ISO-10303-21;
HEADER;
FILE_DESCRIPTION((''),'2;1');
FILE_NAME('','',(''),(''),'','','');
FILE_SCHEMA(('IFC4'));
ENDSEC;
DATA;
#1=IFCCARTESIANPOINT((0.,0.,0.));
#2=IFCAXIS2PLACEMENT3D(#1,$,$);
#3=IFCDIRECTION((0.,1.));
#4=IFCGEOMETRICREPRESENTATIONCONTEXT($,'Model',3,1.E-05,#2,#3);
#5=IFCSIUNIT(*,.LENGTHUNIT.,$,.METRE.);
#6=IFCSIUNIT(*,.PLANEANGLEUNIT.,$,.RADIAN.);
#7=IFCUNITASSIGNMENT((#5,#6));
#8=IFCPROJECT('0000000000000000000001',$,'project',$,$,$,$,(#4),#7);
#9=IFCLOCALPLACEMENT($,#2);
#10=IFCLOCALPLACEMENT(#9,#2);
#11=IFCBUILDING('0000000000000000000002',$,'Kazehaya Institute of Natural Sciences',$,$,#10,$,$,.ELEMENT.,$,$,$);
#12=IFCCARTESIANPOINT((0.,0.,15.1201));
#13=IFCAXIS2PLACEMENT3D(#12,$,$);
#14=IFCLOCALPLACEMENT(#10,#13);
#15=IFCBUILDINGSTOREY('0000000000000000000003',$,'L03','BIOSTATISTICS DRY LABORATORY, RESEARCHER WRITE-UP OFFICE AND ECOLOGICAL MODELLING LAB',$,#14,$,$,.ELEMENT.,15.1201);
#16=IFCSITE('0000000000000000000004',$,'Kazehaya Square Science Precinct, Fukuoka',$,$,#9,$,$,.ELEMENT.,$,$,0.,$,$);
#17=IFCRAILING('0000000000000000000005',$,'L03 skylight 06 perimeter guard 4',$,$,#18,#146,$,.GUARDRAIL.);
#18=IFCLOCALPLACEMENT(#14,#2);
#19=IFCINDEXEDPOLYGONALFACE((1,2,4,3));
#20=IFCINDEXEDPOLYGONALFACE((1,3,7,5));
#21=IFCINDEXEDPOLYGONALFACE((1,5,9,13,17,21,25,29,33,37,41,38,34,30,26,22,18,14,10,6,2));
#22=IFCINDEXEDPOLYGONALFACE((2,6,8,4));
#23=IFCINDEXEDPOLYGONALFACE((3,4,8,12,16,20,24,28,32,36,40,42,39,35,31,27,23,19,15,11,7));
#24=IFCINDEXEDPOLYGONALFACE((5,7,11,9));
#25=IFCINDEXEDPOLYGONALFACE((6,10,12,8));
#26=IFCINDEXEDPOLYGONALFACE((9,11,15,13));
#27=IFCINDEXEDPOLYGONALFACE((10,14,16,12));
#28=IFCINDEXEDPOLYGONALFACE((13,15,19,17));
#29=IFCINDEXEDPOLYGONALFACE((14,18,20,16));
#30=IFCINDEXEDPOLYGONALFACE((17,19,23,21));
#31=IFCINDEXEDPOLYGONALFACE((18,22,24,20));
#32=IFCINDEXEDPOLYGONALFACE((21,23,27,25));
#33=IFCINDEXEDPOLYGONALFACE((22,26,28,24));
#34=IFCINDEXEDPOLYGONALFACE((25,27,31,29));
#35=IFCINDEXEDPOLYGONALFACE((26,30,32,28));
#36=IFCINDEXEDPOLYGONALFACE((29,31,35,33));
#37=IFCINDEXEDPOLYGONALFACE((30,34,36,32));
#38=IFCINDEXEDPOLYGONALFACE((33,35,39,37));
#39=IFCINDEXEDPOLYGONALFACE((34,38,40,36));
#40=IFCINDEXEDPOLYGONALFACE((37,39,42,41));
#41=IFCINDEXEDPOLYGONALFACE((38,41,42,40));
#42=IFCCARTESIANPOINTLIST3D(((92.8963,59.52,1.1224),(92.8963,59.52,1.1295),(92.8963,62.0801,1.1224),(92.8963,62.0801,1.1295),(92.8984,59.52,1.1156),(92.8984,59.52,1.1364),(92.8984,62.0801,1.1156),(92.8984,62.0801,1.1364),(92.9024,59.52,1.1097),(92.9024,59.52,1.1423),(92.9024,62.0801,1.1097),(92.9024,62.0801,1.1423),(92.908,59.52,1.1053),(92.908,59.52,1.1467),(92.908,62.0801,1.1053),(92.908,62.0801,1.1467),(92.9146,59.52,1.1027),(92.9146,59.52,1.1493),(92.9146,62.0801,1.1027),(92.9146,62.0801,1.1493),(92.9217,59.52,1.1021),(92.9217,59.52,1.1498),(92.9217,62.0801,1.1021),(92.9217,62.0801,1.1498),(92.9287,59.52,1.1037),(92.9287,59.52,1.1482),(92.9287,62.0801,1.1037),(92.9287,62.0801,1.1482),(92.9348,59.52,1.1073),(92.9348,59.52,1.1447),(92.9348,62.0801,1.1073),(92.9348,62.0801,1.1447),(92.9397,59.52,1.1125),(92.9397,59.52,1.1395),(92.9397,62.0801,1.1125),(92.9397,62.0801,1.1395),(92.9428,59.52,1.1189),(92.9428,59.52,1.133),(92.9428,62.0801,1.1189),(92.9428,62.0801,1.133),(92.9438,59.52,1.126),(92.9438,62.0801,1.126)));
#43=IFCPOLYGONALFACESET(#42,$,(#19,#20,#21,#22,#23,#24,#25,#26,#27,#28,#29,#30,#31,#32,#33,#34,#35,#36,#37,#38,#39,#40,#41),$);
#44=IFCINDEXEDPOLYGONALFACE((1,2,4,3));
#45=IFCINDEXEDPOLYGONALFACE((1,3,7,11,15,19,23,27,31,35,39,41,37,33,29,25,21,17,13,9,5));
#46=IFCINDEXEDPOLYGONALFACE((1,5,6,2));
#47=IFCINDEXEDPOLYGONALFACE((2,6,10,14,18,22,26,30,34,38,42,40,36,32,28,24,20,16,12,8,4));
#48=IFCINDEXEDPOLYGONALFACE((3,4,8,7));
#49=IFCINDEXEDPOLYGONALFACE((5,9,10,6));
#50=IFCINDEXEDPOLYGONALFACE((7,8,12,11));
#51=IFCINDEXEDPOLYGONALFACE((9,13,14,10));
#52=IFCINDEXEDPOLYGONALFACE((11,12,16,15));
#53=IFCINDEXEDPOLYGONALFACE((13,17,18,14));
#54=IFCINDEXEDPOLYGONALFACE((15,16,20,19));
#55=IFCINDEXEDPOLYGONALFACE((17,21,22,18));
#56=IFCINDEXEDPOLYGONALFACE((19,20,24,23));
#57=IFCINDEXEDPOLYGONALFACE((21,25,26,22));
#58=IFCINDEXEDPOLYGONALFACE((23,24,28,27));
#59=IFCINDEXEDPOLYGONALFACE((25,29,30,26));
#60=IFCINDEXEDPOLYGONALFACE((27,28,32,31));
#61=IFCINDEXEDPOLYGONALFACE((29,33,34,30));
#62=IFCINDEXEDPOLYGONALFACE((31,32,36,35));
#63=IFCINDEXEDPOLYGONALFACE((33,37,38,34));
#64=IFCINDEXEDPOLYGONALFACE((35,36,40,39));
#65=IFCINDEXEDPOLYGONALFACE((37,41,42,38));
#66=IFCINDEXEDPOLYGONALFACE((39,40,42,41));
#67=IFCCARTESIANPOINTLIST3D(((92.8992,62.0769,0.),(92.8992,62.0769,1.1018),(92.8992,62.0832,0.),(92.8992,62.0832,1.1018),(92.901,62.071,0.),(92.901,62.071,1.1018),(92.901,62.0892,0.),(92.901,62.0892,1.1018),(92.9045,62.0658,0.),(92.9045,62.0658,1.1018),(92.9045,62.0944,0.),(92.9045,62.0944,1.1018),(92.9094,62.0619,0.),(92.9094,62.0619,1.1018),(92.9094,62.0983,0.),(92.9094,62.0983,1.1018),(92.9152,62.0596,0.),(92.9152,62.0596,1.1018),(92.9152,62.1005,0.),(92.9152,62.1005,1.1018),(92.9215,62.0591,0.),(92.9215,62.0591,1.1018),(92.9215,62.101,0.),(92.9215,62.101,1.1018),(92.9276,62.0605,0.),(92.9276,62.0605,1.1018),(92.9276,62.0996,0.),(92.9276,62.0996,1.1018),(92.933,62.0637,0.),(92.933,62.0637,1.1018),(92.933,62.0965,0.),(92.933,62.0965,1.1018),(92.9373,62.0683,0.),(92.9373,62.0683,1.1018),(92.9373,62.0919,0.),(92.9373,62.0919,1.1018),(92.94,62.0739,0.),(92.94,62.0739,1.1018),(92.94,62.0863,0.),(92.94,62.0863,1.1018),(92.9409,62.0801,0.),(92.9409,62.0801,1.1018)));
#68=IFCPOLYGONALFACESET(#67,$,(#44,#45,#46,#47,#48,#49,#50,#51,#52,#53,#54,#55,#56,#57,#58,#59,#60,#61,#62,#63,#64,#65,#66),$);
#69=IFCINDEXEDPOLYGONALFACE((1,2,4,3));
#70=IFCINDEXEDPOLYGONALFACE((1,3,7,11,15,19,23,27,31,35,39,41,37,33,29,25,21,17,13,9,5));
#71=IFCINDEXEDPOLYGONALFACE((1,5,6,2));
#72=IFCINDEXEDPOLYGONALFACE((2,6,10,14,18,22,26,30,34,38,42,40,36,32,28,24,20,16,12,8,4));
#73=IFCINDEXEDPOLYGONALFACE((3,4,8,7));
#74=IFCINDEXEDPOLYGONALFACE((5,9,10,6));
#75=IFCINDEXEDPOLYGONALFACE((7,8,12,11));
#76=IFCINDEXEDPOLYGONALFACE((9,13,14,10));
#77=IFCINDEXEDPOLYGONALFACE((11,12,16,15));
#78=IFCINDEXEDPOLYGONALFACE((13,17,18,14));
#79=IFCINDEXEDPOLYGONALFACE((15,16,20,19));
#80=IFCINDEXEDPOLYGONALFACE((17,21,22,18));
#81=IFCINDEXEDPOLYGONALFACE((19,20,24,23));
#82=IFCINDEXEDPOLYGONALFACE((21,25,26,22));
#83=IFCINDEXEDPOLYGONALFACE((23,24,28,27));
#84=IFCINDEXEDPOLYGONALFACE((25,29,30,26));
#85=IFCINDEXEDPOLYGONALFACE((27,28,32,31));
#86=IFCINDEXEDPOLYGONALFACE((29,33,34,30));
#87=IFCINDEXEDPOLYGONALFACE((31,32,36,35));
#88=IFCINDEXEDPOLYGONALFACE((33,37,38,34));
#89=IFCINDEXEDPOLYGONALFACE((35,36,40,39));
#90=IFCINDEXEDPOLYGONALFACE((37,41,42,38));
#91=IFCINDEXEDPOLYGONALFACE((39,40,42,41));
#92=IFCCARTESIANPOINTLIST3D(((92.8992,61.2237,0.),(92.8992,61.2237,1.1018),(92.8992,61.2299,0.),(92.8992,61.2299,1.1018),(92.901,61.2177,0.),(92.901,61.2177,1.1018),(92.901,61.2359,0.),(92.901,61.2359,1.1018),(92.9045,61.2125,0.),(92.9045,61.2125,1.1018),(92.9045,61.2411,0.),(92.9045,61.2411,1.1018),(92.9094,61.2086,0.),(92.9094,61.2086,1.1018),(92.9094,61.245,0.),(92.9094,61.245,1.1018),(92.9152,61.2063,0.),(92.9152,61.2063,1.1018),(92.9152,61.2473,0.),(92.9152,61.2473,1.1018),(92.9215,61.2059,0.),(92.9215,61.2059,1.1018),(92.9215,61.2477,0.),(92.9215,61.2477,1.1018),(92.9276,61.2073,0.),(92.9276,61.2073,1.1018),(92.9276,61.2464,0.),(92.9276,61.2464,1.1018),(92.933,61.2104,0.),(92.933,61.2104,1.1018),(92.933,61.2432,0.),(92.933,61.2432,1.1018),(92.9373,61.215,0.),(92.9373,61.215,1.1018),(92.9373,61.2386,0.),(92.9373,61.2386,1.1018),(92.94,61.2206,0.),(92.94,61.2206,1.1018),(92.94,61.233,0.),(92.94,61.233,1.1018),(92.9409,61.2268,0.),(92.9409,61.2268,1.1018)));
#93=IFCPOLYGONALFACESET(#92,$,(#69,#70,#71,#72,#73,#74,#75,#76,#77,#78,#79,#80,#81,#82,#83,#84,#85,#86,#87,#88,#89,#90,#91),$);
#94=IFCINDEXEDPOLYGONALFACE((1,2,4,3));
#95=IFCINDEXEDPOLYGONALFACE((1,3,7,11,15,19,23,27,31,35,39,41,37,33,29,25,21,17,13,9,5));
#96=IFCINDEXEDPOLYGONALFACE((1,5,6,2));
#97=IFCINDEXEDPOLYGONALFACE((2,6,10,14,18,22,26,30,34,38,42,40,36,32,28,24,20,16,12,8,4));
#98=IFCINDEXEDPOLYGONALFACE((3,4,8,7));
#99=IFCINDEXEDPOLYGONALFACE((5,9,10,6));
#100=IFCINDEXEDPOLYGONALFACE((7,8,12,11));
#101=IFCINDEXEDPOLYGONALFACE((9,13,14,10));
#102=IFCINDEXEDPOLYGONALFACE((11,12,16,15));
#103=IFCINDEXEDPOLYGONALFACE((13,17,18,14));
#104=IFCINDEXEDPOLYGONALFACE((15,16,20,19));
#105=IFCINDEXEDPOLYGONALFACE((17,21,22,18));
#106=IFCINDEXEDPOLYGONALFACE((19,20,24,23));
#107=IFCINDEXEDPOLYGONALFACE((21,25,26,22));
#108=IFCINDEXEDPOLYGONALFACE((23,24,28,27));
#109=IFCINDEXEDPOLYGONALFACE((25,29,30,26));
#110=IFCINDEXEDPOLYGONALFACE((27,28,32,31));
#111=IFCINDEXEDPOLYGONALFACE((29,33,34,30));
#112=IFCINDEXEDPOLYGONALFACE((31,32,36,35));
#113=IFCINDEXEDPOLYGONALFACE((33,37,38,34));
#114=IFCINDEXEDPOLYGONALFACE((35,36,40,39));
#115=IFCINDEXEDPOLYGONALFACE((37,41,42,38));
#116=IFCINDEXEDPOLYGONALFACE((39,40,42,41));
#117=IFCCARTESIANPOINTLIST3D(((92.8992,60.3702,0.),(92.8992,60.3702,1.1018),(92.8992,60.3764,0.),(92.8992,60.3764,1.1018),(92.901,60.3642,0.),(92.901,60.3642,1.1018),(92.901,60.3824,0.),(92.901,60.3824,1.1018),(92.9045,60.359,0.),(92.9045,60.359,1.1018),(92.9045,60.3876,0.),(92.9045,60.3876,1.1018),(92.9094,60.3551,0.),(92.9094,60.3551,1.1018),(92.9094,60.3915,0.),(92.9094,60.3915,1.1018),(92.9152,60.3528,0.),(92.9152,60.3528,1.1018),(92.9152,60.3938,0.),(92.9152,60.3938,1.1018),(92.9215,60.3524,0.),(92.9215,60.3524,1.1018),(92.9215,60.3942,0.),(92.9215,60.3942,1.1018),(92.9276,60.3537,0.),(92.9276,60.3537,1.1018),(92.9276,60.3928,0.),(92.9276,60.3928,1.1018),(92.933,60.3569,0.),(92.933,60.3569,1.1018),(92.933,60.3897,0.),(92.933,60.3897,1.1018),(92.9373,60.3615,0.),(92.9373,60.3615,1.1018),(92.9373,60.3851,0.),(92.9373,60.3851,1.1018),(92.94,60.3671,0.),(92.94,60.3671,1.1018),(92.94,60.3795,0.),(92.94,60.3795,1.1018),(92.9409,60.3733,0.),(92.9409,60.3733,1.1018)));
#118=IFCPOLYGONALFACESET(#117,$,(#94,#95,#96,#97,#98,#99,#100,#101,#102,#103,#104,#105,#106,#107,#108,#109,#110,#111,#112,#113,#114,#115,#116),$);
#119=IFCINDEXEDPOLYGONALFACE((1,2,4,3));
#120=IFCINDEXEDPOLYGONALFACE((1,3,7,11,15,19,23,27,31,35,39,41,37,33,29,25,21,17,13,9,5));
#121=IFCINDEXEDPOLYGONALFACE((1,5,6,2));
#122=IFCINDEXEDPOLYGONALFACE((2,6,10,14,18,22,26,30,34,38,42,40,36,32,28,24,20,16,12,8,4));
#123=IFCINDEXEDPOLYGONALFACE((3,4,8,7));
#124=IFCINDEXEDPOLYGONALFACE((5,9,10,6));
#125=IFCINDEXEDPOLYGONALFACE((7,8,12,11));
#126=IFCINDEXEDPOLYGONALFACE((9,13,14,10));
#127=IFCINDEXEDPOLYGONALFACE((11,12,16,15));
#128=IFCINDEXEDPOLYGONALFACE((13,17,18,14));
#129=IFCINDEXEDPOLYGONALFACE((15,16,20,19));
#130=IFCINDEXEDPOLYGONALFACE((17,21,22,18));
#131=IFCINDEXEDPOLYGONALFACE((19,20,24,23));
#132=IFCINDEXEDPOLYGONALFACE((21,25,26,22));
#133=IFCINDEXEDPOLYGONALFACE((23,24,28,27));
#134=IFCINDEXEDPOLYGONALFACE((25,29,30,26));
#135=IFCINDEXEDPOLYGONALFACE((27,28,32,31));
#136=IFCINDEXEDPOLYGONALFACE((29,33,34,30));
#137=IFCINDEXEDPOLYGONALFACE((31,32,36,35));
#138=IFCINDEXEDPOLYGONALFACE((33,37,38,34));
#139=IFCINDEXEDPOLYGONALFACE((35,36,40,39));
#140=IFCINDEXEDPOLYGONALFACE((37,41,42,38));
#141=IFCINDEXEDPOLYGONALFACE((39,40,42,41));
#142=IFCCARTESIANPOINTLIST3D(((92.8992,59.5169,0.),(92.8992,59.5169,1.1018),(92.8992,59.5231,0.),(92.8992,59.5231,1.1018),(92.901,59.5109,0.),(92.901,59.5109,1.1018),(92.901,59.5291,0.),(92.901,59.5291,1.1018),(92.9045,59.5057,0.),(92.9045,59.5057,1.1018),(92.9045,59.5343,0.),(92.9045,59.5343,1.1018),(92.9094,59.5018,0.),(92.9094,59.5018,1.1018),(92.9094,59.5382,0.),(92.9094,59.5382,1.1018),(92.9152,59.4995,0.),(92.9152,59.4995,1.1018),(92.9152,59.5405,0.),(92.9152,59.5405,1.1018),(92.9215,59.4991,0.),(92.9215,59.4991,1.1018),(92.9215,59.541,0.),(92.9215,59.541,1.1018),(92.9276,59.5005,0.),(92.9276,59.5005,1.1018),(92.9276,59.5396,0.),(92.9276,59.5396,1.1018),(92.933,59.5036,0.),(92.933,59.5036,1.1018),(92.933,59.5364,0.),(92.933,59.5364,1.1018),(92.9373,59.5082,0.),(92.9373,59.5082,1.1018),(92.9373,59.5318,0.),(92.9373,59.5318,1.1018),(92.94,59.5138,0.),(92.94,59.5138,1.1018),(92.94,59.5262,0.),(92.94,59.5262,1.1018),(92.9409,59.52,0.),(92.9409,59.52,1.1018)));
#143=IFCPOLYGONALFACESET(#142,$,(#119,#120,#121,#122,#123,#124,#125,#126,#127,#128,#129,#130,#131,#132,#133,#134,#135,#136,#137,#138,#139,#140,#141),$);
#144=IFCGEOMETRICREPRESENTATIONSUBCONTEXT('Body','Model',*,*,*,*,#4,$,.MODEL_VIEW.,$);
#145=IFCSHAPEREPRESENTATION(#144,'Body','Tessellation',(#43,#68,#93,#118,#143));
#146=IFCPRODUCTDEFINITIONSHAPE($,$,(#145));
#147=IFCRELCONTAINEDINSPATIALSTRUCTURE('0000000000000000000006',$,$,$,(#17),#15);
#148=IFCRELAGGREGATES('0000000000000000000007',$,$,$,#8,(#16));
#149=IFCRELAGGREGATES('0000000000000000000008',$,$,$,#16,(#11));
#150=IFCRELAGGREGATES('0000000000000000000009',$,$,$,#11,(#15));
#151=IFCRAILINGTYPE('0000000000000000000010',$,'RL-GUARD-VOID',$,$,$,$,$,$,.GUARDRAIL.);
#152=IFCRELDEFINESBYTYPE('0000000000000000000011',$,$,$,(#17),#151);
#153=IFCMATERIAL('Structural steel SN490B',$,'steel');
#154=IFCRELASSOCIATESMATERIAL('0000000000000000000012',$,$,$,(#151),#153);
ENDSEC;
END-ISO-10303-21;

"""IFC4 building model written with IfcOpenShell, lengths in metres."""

from ifc_helpers import new_model, si_unit, direction, frame, origin, origin_2d, place, context, subcontext, project, spatial, circle, extrude, material, type_object, element, save


model = new_model("IFC4")

# Units and contexts
model_context = context("Model", 3, precision=1e-05, world=origin(), true_north=direction((0.0, 1.0)))
body_context = subcontext(model_context, "Body", "Model", "MODEL_VIEW")
ifc_project = project(units=[si_unit("LENGTHUNIT", "METRE"), si_unit("PLANEANGLEUNIT", "RADIAN")], contexts=[model_context])

# Site, building, storey
site_placement = place(None, origin())
site = spatial("IfcSite", under=ifc_project, at=site_placement, Name="Kazehaya Square Science Precinct, Fukuoka", CompositionType="ELEMENT", RefElevation=0.0)
building_placement = place(site_placement, origin())
building = spatial("IfcBuilding", under=site, at=building_placement, Name="Kazehaya Institute of Natural Sciences", CompositionType="ELEMENT")
storey_placement = place(building_placement, frame((0.0, 0.0, 15.1201)))
storey = spatial("IfcBuildingStorey", under=building, at=storey_placement, Name="L03", Description="BIOSTATISTICS DRY LABORATORY, RESEARCHER WRITE-UP OFFICE AND ECOLOGICAL MODELLING LAB", CompositionType="ELEMENT", Elevation=15.1201)

# Railing
ifc_material_1 = material(Name="Structural steel SN490B", Category="steel")
railing_type = type_object("IfcRailingType", Name="RL-GUARD-VOID", PredefinedType="GUARDRAIL", material=ifc_material_1)
railing_1_placement = place(storey_placement, frame((92.9199, 62.0801, 0.0)))
element("IfcRailing", 1, at=railing_1_placement, inside=storey, type_object=railing_type, Name="L03 skylight 06 perimeter guard 4", PredefinedType="GUARDRAIL", context=body_context, shape_type="SweptSolid", body=[
    extrude(circle(Radius=0.0239, at=origin_2d()), frame((0.0, 0.0, 1.126), z_axis=(0.0, -1.0, 0.0), x_axis=(1.0, 0.0, 0.0)), (0.0, 0.0, 1.0), 2.5601),
    extrude(circle(Radius=0.021, at=origin_2d()), origin(), (0.0, 0.0, 1.0), 1.1018),
    extrude(circle(Radius=0.021, at=origin_2d()), frame((0.0, -0.8533, 0.0)), (0.0, 0.0, 1.0), 1.1018),
    extrude(circle(Radius=0.021, at=origin_2d()), frame((0.0, -1.7068, 0.0)), (0.0, 0.0, 1.0), 1.1018),
    extrude(circle(Radius=0.021, at=origin_2d()), frame((0.0, -2.5601, 0.0)), (0.0, 0.0, 1.0), 1.1018),
])

save(model, "model.ifc")
